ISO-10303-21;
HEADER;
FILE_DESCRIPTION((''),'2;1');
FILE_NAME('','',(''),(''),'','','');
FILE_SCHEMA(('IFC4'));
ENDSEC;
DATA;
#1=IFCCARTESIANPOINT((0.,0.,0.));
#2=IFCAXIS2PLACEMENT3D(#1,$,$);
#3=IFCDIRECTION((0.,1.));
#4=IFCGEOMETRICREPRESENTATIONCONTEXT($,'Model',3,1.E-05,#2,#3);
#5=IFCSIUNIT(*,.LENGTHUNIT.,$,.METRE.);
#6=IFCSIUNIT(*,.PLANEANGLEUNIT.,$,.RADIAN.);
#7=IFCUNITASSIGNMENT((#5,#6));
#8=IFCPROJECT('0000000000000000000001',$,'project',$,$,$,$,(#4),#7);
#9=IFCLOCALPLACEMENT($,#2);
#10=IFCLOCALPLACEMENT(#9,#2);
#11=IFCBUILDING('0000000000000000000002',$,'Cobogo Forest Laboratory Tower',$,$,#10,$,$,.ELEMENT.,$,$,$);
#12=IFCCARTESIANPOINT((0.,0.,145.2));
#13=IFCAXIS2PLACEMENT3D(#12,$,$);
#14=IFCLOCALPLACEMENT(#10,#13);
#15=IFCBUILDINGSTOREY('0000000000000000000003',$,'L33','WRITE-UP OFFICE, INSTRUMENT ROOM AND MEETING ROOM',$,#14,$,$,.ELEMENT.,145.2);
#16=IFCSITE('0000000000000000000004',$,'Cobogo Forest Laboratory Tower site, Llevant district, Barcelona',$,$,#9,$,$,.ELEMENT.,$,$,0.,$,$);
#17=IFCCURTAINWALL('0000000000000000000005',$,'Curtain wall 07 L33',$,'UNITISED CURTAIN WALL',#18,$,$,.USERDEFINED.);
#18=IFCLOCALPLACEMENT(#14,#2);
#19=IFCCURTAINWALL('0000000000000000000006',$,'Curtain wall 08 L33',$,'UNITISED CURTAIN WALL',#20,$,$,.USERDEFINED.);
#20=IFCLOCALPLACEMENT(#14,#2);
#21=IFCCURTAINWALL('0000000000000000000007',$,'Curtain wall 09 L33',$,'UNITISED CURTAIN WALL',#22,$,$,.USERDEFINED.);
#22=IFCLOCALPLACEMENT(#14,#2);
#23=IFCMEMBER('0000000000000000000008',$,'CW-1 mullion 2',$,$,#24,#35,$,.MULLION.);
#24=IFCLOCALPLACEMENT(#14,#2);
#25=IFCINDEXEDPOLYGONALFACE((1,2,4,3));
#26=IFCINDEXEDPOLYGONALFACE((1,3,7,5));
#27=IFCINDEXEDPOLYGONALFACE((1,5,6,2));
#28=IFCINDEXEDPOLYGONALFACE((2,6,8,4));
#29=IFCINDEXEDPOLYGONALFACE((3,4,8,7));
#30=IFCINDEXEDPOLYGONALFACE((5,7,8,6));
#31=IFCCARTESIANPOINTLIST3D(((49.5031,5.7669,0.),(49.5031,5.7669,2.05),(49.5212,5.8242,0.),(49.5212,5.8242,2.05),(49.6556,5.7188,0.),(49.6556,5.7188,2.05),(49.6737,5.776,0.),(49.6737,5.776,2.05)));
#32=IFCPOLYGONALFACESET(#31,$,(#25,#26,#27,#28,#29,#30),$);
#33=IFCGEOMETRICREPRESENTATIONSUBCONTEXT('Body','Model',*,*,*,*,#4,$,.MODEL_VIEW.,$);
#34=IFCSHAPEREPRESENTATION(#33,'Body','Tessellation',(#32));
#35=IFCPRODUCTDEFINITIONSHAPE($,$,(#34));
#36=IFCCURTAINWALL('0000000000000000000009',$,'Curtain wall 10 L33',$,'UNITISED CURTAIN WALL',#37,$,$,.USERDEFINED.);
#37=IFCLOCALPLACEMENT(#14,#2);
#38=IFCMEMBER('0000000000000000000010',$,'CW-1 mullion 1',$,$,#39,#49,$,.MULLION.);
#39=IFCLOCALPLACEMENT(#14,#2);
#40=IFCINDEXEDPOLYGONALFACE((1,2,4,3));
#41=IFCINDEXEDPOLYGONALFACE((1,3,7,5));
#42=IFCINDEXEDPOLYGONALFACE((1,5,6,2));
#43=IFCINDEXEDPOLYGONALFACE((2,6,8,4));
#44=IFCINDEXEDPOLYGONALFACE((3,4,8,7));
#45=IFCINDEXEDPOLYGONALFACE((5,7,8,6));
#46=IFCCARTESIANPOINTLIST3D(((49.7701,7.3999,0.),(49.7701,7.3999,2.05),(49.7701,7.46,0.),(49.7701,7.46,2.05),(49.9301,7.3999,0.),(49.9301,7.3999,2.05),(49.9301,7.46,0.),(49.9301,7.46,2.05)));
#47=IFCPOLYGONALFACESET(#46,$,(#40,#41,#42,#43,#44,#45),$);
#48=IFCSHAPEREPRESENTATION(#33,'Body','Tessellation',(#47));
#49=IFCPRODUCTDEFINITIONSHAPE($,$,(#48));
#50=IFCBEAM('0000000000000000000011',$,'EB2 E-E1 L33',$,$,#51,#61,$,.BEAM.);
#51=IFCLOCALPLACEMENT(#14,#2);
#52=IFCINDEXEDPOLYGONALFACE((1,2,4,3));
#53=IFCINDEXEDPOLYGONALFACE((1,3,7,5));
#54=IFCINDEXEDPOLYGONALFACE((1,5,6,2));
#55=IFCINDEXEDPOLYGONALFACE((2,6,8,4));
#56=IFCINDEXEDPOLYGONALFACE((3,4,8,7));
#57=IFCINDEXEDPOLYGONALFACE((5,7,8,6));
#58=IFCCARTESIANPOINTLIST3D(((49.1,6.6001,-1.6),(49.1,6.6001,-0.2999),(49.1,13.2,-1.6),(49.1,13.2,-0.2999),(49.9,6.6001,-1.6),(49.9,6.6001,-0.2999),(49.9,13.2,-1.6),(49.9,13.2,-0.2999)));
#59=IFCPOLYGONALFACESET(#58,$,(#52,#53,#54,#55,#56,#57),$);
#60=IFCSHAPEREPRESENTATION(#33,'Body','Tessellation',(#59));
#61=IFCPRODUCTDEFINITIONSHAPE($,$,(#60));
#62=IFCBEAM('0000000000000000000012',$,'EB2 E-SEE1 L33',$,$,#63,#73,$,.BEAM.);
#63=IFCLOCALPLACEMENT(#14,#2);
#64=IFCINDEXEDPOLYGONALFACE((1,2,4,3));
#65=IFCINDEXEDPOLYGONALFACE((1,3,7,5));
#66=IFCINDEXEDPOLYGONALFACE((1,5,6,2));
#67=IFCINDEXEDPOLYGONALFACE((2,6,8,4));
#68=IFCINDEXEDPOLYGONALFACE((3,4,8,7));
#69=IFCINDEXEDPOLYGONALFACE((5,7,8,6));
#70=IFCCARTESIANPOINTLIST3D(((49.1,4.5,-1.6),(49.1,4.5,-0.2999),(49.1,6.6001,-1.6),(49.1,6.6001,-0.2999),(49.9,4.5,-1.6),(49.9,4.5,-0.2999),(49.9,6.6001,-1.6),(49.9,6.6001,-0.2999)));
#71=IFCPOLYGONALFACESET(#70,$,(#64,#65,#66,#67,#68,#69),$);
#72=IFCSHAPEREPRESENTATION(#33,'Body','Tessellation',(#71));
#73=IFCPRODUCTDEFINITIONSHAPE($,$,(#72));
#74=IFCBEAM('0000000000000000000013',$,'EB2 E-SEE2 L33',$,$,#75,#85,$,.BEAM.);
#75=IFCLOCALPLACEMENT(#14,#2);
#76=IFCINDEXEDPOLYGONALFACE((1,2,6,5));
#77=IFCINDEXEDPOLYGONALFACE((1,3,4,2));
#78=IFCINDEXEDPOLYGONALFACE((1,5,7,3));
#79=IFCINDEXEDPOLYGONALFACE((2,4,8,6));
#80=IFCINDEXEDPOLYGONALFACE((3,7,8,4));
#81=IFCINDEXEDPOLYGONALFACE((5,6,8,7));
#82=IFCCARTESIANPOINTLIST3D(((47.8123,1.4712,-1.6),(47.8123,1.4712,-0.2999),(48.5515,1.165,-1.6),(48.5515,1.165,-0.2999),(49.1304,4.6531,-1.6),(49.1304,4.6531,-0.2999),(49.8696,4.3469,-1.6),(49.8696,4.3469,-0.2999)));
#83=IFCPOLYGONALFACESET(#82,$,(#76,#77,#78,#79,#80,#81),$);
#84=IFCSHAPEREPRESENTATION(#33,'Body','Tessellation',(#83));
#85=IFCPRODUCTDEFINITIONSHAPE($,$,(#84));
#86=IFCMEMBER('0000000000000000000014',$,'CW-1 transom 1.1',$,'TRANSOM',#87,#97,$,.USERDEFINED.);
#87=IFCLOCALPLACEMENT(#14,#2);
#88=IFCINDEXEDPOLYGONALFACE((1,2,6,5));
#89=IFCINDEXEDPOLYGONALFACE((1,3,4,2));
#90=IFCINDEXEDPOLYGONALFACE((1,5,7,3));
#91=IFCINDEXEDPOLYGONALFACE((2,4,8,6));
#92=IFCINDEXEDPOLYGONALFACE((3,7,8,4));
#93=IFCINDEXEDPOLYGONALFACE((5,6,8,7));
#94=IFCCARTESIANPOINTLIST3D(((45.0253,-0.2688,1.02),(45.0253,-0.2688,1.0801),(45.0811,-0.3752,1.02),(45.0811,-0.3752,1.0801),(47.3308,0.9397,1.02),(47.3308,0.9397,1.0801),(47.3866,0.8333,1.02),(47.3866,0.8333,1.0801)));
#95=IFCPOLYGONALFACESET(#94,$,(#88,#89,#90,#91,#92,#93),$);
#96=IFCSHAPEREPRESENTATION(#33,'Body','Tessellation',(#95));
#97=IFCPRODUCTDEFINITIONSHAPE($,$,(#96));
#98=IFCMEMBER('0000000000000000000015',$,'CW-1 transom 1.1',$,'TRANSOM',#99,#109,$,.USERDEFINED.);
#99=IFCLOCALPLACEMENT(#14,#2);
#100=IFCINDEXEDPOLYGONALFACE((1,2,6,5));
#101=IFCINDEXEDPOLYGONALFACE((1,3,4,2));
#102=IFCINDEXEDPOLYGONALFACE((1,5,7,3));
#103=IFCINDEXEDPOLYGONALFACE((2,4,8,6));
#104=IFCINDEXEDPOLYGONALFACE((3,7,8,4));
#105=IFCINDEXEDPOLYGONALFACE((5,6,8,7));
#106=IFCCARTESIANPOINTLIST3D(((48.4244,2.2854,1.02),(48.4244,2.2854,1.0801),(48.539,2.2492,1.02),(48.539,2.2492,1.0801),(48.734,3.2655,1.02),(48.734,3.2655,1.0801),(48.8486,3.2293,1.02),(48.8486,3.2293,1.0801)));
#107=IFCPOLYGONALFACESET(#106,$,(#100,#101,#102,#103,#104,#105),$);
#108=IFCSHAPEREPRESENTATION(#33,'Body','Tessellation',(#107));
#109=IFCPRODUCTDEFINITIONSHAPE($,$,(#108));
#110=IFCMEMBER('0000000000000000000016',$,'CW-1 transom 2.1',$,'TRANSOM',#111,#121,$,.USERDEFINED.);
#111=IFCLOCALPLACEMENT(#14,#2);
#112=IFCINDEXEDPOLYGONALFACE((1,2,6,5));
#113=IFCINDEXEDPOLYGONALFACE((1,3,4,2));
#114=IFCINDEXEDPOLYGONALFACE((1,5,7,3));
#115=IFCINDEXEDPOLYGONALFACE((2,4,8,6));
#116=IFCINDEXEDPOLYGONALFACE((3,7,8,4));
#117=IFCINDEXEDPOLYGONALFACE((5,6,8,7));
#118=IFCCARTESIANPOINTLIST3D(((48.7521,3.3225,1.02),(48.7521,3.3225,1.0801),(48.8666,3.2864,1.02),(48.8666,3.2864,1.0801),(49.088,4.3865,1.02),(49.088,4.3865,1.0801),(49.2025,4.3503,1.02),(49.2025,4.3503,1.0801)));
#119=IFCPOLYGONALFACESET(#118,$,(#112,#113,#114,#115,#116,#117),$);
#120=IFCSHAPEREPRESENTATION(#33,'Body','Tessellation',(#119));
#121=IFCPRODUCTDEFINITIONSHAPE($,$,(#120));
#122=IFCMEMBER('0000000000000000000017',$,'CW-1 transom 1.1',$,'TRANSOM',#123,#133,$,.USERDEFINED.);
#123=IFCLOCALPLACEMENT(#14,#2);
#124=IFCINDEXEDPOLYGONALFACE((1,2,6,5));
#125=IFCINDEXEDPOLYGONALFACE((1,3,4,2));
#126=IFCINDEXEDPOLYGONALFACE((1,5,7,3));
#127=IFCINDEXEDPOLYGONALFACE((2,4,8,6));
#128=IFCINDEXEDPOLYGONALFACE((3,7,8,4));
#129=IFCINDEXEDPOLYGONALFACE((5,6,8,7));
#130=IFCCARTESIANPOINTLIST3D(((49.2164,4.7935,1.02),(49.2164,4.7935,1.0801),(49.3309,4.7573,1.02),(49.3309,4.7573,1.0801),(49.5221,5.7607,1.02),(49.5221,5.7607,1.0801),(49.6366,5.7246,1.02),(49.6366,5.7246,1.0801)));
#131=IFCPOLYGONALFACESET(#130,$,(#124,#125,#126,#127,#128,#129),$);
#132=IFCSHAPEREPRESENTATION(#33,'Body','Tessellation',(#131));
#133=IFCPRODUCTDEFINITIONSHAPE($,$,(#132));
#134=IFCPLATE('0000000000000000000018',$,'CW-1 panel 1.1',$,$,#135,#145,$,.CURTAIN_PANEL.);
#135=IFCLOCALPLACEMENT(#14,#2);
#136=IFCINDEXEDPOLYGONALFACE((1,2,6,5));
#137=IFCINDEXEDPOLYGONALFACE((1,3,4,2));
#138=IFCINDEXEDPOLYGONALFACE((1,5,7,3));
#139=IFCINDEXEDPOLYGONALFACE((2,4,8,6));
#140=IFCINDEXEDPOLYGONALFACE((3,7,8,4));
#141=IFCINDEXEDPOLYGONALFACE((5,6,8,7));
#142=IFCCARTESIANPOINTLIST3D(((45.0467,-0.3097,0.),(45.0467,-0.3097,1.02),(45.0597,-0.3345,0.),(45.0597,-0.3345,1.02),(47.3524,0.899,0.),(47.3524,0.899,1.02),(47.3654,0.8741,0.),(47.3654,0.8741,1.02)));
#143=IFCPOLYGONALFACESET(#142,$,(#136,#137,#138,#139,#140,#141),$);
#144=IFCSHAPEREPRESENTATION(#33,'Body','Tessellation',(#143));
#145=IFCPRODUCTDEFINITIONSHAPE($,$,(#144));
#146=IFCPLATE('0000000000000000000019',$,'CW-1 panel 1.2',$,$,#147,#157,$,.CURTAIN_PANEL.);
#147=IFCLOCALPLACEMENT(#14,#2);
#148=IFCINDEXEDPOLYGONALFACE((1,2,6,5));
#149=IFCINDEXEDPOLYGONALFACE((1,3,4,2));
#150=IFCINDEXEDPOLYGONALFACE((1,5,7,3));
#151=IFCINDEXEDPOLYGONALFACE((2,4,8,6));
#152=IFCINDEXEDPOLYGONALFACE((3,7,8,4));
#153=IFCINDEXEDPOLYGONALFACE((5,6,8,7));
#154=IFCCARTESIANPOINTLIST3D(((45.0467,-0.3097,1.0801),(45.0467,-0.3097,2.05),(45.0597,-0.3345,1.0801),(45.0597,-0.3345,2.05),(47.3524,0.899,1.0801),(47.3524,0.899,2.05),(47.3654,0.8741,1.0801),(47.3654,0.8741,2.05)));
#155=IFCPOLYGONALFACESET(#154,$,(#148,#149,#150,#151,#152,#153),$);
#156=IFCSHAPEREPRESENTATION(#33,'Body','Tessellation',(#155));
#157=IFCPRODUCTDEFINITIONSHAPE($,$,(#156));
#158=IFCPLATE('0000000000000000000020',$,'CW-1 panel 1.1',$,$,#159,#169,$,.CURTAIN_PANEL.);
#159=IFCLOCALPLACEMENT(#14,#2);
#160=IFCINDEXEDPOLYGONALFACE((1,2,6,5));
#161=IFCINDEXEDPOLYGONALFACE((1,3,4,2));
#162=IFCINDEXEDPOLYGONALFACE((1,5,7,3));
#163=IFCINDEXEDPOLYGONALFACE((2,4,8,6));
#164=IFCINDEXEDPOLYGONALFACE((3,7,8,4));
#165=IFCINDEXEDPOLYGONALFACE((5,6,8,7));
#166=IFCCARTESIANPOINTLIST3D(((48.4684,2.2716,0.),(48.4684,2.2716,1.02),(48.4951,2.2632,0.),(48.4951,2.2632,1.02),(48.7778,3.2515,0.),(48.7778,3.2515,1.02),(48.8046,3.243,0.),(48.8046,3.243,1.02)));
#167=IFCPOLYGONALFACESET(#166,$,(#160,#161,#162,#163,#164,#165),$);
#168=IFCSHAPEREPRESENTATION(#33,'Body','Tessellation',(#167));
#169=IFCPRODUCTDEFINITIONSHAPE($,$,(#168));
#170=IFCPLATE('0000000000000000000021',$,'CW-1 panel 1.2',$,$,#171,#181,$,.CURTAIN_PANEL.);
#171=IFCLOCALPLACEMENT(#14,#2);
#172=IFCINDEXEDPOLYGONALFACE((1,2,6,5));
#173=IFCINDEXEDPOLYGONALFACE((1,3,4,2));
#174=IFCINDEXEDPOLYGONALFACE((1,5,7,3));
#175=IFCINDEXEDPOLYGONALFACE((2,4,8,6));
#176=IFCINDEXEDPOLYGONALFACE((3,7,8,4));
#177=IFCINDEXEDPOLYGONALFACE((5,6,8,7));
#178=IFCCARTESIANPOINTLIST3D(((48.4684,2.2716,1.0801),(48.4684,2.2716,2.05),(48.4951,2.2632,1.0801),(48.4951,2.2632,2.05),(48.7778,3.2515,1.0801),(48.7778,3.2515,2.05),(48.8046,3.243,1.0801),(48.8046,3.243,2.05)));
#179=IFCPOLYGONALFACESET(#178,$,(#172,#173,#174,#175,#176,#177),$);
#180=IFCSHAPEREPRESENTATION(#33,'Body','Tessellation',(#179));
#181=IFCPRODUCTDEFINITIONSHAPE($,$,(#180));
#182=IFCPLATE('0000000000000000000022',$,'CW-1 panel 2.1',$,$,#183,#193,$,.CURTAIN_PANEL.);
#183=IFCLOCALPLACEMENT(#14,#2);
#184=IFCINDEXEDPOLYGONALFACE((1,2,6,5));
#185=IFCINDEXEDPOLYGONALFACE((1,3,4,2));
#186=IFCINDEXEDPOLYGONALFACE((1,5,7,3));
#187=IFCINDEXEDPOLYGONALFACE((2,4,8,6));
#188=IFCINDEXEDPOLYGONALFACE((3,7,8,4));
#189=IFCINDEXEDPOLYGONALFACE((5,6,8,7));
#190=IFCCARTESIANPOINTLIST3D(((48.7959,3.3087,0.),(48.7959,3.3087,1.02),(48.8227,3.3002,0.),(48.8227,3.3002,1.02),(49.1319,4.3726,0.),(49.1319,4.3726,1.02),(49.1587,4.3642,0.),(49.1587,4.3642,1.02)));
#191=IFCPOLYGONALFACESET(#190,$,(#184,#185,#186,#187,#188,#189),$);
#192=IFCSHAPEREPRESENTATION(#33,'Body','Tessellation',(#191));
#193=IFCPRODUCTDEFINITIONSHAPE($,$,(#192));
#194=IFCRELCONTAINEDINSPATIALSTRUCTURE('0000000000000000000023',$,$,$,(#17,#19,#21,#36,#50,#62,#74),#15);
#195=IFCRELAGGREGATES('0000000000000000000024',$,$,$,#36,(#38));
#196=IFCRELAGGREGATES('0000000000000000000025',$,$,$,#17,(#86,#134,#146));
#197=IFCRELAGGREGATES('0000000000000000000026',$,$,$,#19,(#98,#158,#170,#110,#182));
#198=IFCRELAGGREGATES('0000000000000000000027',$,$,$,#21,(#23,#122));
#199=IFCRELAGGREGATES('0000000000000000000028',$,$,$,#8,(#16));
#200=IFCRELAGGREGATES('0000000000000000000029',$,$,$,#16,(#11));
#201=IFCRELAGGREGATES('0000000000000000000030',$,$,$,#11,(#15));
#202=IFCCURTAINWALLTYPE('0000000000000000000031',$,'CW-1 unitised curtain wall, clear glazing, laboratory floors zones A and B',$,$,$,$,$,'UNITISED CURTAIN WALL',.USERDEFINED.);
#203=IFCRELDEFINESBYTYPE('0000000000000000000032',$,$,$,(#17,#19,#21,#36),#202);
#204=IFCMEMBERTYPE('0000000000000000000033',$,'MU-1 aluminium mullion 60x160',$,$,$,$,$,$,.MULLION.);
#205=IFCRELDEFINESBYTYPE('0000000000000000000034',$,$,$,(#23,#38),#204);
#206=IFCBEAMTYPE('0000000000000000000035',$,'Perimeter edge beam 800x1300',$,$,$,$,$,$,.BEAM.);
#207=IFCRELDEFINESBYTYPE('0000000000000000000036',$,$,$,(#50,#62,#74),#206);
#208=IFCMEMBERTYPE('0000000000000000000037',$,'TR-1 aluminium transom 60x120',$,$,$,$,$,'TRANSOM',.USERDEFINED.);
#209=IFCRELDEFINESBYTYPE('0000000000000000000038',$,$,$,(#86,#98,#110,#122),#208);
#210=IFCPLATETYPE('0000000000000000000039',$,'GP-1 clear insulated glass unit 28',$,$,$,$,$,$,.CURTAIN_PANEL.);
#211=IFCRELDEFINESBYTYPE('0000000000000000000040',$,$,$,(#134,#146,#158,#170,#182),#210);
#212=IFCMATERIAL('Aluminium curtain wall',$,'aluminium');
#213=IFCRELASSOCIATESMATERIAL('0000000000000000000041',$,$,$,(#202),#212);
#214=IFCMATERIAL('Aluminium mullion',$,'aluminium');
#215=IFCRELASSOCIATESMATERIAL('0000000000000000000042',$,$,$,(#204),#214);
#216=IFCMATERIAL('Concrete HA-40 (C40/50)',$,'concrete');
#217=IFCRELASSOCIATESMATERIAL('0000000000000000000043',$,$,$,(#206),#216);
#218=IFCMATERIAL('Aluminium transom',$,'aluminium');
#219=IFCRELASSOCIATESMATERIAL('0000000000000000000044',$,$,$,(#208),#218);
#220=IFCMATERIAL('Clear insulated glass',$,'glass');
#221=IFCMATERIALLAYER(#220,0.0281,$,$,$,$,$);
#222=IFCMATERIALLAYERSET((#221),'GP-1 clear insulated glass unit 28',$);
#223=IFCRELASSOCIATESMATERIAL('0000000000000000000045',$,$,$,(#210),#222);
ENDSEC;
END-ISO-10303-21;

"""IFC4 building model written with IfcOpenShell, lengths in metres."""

from ifc_helpers import new_model, si_unit, direction, frame, origin, origin_2d, place, context, subcontext, project, spatial, rectangle, extrude, material, layer, layer_set, material_profile, profile_set, type_object, element, aggregate, save


model = new_model("IFC4")

# Units and contexts
model_context = context("Model", 3, precision=1e-05, world=origin(), true_north=direction((0.0, 1.0)))
body_context = subcontext(model_context, "Body", "Model", "MODEL_VIEW")
ifc_project = project(units=[si_unit("LENGTHUNIT", "METRE"), si_unit("PLANEANGLEUNIT", "RADIAN")], contexts=[model_context])

# Site, building, storey
site_placement = place(None, origin())
site = spatial("IfcSite", under=ifc_project, at=site_placement, Name="Cobogo Forest Laboratory Tower site, Llevant district, Barcelona", CompositionType="ELEMENT", RefElevation=0.0)
building_placement = place(site_placement, origin())
building = spatial("IfcBuilding", under=site, at=building_placement, Name="Cobogo Forest Laboratory Tower", CompositionType="ELEMENT")
storey_placement = place(building_placement, frame((0.0, 0.0, 145.2)))
storey = spatial("IfcBuildingStorey", under=building, at=storey_placement, Name="L33", Description="WRITE-UP OFFICE, INSTRUMENT ROOM AND MEETING ROOM", CompositionType="ELEMENT", Elevation=145.2)

# Curtain walls, member
ifc_material_1 = material(Name="Aluminium curtain wall", Category="aluminium")
curtain_wall_type = type_object("IfcCurtainWallType", Name="CW-1 unitised curtain wall, clear glazing, laboratory floors zones A and B", ElementType="UNITISED CURTAIN WALL", PredefinedType="USERDEFINED", material=ifc_material_1)
curtain_wall_1_placement = place(storey_placement, origin())
curtain_wall_1 = element("IfcCurtainWall", 1, at=curtain_wall_1_placement, inside=storey, type_object=curtain_wall_type, Name="Curtain wall 07 L33", ObjectType="UNITISED CURTAIN WALL", PredefinedType="USERDEFINED")
ifc_material_2 = material(Name="Aluminium mullion", Category="aluminium")
ifc_material_profile_1 = material_profile(ifc_material_2, rectangle(XDim=0.0601, YDim=0.1599, at=origin_2d()), Name="AL 60x160")
ifc_profile_set_1 = profile_set([ifc_material_profile_1], Name="Aluminium mullion")
member_type_1 = type_object("IfcMemberType", Name="MU-1 aluminium mullion 60x160", PredefinedType="MULLION", material=ifc_profile_set_1)
curtain_wall_2_placement = place(storey_placement, origin())
curtain_wall_2 = element("IfcCurtainWall", 2, at=curtain_wall_2_placement, inside=storey, type_object=curtain_wall_type, Name="Curtain wall 08 L33", ObjectType="UNITISED CURTAIN WALL", PredefinedType="USERDEFINED")
curtain_wall_3_placement = place(storey_placement, origin())
curtain_wall_3 = element("IfcCurtainWall", 3, at=curtain_wall_3_placement, inside=storey, type_object=curtain_wall_type, Name="Curtain wall 09 L33", ObjectType="UNITISED CURTAIN WALL", PredefinedType="USERDEFINED")
member_1_placement = place(storey_placement, frame((49.5884, 5.7715, 0.0), z_axis=(0.0, 0.0, 1.0), x_axis=(0.301136, 0.953581, 0.0)))
member_1 = element("IfcMember", 4, at=member_1_placement, type_object=member_type_1, Name="CW-1 mullion 2", PredefinedType="MULLION", context=body_context, shape_type="SweptSolid", body=[
    extrude(rectangle(XDim=0.0601, YDim=0.1599, at=origin_2d()), origin(), (0.0, 0.0, 1.0), 2.05),
])

# Curtain wall, member
curtain_wall_4_placement = place(storey_placement, origin())
curtain_wall_4 = element("IfcCurtainWall", 5, at=curtain_wall_4_placement, inside=storey, type_object=curtain_wall_type, Name="Curtain wall 10 L33", ObjectType="UNITISED CURTAIN WALL", PredefinedType="USERDEFINED")
member_2_placement = place(storey_placement, frame((49.8501, 7.4299, 0.0), z_axis=(0.0, 0.0, 1.0), x_axis=(0.0, 1.0, 0.0)))
member_2 = element("IfcMember", 6, at=member_2_placement, type_object=member_type_1, Name="CW-1 mullion 1", PredefinedType="MULLION", context=body_context, shape_type="SweptSolid", body=[
    extrude(rectangle(XDim=0.0601, YDim=0.1599, at=origin_2d()), origin(), (0.0, 0.0, 1.0), 2.05),
])
aggregate(curtain_wall_4, [member_2])

# Beams
ifc_material_3 = material(Name="Concrete HA-40 (C40/50)", Category="concrete")
ifc_material_profile_2 = material_profile(ifc_material_3, rectangle(XDim=0.8, YDim=1.3, at=origin_2d()), Name="RC 800x1300")
ifc_profile_set_2 = profile_set([ifc_material_profile_2], Name="Concrete HA-40 (C40/50)")
beam_type_1 = type_object("IfcBeamType", Name="Perimeter edge beam 800x1300", PredefinedType="BEAM", material=ifc_profile_set_2)
beam_1_placement = place(storey_placement, frame((49.5, 6.6001, -0.95), z_axis=(0.0, 1.0, 0.0), x_axis=(-1.0, 0.0, 0.0)))
element("IfcBeam", 7, at=beam_1_placement, inside=storey, type_object=beam_type_1, Name="EB2 E-E1 L33", PredefinedType="BEAM", context=body_context, shape_type="SweptSolid", body=[
    extrude(rectangle(XDim=0.8, YDim=1.3, at=origin_2d()), origin(), (0.0, 0.0, 1.0), 6.5999),
])
beam_2_placement = place(storey_placement, frame((49.5, 6.6001, -0.95), z_axis=(0.0, -1.0, 0.0), x_axis=(1.0, 0.0, 0.0)))
element("IfcBeam", 8, at=beam_2_placement, inside=storey, type_object=beam_type_1, Name="EB2 E-SEE1 L33", PredefinedType="BEAM", context=body_context, shape_type="SweptSolid", body=[
    extrude(rectangle(XDim=0.8, YDim=1.3, at=origin_2d()), origin(), (0.0, 0.0, 1.0), 2.1001),
])
beam_3_placement = place(storey_placement, frame((49.5, 4.5, -0.95), z_axis=(-0.382717, -0.923866, 0.0), x_axis=(0.923866, -0.382717, 0.0)))
element("IfcBeam", 9, at=beam_3_placement, inside=storey, type_object=beam_type_1, Name="EB2 E-SEE2 L33", PredefinedType="BEAM", context=body_context, shape_type="SweptSolid", body=[
    extrude(rectangle(XDim=0.8, YDim=1.3, at=origin_2d()), origin(), (0.0, 0.0, 1.0), 3.4441),
])

# Members
ifc_material_4 = material(Name="Aluminium transom", Category="aluminium")
ifc_material_profile_3 = material_profile(ifc_material_4, rectangle(XDim=0.1201, YDim=0.0601, at=origin_2d()), Name="AL 60x120")
ifc_profile_set_3 = profile_set([ifc_material_profile_3], Name="Aluminium transom")
member_type_2 = type_object("IfcMemberType", Name="TR-1 aluminium transom 60x120", ElementType="TRANSOM", PredefinedType="USERDEFINED", material=ifc_profile_set_3)
member_3_placement = place(storey_placement, frame((45.0532, -0.322, 1.05), z_axis=(0.88569, 0.464277, 0.0), x_axis=(-0.464277, 0.88569, 0.0)))
member_3 = element("IfcMember", 10, at=member_3_placement, type_object=member_type_2, Name="CW-1 transom 1.1", ObjectType="TRANSOM", PredefinedType="USERDEFINED", context=body_context, shape_type="SweptSolid", body=[
    extrude(rectangle(XDim=0.1201, YDim=0.0601, at=origin_2d()), origin(), (0.0, 0.0, 1.0), 2.603),
])
member_4_placement = place(storey_placement, frame((48.4817, 2.2673, 1.05), z_axis=(0.301222, 0.953554, 0.0), x_axis=(-0.953554, 0.301222, 0.0)))
member_4 = element("IfcMember", 11, at=member_4_placement, type_object=member_type_2, Name="CW-1 transom 1.1", ObjectType="TRANSOM", PredefinedType="USERDEFINED", context=body_context, shape_type="SweptSolid", body=[
    extrude(rectangle(XDim=0.1201, YDim=0.0601, at=origin_2d()), origin(), (0.0, 0.0, 1.0), 1.0278),
])
member_5_placement = place(storey_placement, frame((48.8093, 3.3044, 1.05), z_axis=(0.301089, 0.953596, 0.0), x_axis=(-0.953596, 0.301089, 0.0)))
member_5 = element("IfcMember", 12, at=member_5_placement, type_object=member_type_2, Name="CW-1 transom 2.1", ObjectType="TRANSOM", PredefinedType="USERDEFINED", context=body_context, shape_type="SweptSolid", body=[
    extrude(rectangle(XDim=0.1201, YDim=0.0601, at=origin_2d()), origin(), (0.0, 0.0, 1.0), 1.1157),
])
member_6_placement = place(storey_placement, frame((49.2737, 4.7754, 1.05), z_axis=(0.301316, 0.953524, 0.0), x_axis=(-0.953524, 0.301316, 0.0)))
member_6 = element("IfcMember", 13, at=member_6_placement, type_object=member_type_2, Name="CW-1 transom 1.1", ObjectType="TRANSOM", PredefinedType="USERDEFINED", context=body_context, shape_type="SweptSolid", body=[
    extrude(rectangle(XDim=0.1201, YDim=0.0601, at=origin_2d()), origin(), (0.0, 0.0, 1.0), 1.0144),
])

# Plates
ifc_material_5 = material(Name="Clear insulated glass", Category="glass")
ifc_layer = layer(ifc_material_5, 0.0281)
ifc_layer_set = layer_set([ifc_layer], Name="GP-1 clear insulated glass unit 28")
plate_type = type_object("IfcPlateType", Name="GP-1 clear insulated glass unit 28", PredefinedType="CURTAIN_PANEL", material=ifc_layer_set)
plate_1_placement = place(storey_placement, frame((46.2061, 0.2822, 0.0), z_axis=(0.0, 0.0, 1.0), x_axis=(0.885687, 0.464284, 0.0)))
plate_1 = element("IfcPlate", 14, at=plate_1_placement, type_object=plate_type, Name="CW-1 panel 1.1", PredefinedType="CURTAIN_PANEL", context=body_context, shape_type="SweptSolid", body=[
    extrude(rectangle(XDim=2.6033, YDim=0.0281, at=origin_2d()), origin(), (0.0, 0.0, 1.0), 1.02),
])
plate_2_placement = place(storey_placement, frame((46.2061, 0.2822, 1.0801), z_axis=(0.0, 0.0, 1.0), x_axis=(0.885687, 0.464284, 0.0)))
plate_2 = element("IfcPlate", 15, at=plate_2_placement, type_object=plate_type, Name="CW-1 panel 1.2", PredefinedType="CURTAIN_PANEL", context=body_context, shape_type="SweptSolid", body=[
    extrude(rectangle(XDim=2.6033, YDim=0.0281, at=origin_2d()), origin(), (0.0, 0.0, 1.0), 0.97),
])
aggregate(curtain_wall_1, [member_3, plate_1, plate_2])
plate_3_placement = place(storey_placement, frame((48.6365, 2.7573, 0.0), z_axis=(0.0, 0.0, 1.0), x_axis=(0.301135, 0.953581, 0.0)))
plate_3 = element("IfcPlate", 16, at=plate_3_placement, type_object=plate_type, Name="CW-1 panel 1.1", PredefinedType="CURTAIN_PANEL", context=body_context, shape_type="SweptSolid", body=[
    extrude(rectangle(XDim=1.0276, YDim=0.0281, at=origin_2d()), origin(), (0.0, 0.0, 1.0), 1.02),
])
plate_4_placement = place(storey_placement, frame((48.6365, 2.7573, 1.0801), z_axis=(0.0, 0.0, 1.0), x_axis=(0.301135, 0.953581, 0.0)))
plate_4 = element("IfcPlate", 17, at=plate_4_placement, type_object=plate_type, Name="CW-1 panel 1.2", PredefinedType="CURTAIN_PANEL", context=body_context, shape_type="SweptSolid", body=[
    extrude(rectangle(XDim=1.0276, YDim=0.0281, at=origin_2d()), origin(), (0.0, 0.0, 1.0), 0.97),
])
plate_5_placement = place(storey_placement, frame((48.9773, 3.8364, 0.0), z_axis=(0.0, 0.0, 1.0), x_axis=(0.301135, 0.953581, 0.0)))
plate_5 = element("IfcPlate", 18, at=plate_5_placement, type_object=plate_type, Name="CW-1 panel 2.1", PredefinedType="CURTAIN_PANEL", context=body_context, shape_type="SweptSolid", body=[
    extrude(rectangle(XDim=1.1157, YDim=0.0281, at=origin_2d()), origin(), (0.0, 0.0, 1.0), 1.02),
])
aggregate(curtain_wall_2, [member_4, plate_3, plate_4, member_5, plate_5])
aggregate(curtain_wall_3, [member_1, member_6])

save(model, "model.ifc")
